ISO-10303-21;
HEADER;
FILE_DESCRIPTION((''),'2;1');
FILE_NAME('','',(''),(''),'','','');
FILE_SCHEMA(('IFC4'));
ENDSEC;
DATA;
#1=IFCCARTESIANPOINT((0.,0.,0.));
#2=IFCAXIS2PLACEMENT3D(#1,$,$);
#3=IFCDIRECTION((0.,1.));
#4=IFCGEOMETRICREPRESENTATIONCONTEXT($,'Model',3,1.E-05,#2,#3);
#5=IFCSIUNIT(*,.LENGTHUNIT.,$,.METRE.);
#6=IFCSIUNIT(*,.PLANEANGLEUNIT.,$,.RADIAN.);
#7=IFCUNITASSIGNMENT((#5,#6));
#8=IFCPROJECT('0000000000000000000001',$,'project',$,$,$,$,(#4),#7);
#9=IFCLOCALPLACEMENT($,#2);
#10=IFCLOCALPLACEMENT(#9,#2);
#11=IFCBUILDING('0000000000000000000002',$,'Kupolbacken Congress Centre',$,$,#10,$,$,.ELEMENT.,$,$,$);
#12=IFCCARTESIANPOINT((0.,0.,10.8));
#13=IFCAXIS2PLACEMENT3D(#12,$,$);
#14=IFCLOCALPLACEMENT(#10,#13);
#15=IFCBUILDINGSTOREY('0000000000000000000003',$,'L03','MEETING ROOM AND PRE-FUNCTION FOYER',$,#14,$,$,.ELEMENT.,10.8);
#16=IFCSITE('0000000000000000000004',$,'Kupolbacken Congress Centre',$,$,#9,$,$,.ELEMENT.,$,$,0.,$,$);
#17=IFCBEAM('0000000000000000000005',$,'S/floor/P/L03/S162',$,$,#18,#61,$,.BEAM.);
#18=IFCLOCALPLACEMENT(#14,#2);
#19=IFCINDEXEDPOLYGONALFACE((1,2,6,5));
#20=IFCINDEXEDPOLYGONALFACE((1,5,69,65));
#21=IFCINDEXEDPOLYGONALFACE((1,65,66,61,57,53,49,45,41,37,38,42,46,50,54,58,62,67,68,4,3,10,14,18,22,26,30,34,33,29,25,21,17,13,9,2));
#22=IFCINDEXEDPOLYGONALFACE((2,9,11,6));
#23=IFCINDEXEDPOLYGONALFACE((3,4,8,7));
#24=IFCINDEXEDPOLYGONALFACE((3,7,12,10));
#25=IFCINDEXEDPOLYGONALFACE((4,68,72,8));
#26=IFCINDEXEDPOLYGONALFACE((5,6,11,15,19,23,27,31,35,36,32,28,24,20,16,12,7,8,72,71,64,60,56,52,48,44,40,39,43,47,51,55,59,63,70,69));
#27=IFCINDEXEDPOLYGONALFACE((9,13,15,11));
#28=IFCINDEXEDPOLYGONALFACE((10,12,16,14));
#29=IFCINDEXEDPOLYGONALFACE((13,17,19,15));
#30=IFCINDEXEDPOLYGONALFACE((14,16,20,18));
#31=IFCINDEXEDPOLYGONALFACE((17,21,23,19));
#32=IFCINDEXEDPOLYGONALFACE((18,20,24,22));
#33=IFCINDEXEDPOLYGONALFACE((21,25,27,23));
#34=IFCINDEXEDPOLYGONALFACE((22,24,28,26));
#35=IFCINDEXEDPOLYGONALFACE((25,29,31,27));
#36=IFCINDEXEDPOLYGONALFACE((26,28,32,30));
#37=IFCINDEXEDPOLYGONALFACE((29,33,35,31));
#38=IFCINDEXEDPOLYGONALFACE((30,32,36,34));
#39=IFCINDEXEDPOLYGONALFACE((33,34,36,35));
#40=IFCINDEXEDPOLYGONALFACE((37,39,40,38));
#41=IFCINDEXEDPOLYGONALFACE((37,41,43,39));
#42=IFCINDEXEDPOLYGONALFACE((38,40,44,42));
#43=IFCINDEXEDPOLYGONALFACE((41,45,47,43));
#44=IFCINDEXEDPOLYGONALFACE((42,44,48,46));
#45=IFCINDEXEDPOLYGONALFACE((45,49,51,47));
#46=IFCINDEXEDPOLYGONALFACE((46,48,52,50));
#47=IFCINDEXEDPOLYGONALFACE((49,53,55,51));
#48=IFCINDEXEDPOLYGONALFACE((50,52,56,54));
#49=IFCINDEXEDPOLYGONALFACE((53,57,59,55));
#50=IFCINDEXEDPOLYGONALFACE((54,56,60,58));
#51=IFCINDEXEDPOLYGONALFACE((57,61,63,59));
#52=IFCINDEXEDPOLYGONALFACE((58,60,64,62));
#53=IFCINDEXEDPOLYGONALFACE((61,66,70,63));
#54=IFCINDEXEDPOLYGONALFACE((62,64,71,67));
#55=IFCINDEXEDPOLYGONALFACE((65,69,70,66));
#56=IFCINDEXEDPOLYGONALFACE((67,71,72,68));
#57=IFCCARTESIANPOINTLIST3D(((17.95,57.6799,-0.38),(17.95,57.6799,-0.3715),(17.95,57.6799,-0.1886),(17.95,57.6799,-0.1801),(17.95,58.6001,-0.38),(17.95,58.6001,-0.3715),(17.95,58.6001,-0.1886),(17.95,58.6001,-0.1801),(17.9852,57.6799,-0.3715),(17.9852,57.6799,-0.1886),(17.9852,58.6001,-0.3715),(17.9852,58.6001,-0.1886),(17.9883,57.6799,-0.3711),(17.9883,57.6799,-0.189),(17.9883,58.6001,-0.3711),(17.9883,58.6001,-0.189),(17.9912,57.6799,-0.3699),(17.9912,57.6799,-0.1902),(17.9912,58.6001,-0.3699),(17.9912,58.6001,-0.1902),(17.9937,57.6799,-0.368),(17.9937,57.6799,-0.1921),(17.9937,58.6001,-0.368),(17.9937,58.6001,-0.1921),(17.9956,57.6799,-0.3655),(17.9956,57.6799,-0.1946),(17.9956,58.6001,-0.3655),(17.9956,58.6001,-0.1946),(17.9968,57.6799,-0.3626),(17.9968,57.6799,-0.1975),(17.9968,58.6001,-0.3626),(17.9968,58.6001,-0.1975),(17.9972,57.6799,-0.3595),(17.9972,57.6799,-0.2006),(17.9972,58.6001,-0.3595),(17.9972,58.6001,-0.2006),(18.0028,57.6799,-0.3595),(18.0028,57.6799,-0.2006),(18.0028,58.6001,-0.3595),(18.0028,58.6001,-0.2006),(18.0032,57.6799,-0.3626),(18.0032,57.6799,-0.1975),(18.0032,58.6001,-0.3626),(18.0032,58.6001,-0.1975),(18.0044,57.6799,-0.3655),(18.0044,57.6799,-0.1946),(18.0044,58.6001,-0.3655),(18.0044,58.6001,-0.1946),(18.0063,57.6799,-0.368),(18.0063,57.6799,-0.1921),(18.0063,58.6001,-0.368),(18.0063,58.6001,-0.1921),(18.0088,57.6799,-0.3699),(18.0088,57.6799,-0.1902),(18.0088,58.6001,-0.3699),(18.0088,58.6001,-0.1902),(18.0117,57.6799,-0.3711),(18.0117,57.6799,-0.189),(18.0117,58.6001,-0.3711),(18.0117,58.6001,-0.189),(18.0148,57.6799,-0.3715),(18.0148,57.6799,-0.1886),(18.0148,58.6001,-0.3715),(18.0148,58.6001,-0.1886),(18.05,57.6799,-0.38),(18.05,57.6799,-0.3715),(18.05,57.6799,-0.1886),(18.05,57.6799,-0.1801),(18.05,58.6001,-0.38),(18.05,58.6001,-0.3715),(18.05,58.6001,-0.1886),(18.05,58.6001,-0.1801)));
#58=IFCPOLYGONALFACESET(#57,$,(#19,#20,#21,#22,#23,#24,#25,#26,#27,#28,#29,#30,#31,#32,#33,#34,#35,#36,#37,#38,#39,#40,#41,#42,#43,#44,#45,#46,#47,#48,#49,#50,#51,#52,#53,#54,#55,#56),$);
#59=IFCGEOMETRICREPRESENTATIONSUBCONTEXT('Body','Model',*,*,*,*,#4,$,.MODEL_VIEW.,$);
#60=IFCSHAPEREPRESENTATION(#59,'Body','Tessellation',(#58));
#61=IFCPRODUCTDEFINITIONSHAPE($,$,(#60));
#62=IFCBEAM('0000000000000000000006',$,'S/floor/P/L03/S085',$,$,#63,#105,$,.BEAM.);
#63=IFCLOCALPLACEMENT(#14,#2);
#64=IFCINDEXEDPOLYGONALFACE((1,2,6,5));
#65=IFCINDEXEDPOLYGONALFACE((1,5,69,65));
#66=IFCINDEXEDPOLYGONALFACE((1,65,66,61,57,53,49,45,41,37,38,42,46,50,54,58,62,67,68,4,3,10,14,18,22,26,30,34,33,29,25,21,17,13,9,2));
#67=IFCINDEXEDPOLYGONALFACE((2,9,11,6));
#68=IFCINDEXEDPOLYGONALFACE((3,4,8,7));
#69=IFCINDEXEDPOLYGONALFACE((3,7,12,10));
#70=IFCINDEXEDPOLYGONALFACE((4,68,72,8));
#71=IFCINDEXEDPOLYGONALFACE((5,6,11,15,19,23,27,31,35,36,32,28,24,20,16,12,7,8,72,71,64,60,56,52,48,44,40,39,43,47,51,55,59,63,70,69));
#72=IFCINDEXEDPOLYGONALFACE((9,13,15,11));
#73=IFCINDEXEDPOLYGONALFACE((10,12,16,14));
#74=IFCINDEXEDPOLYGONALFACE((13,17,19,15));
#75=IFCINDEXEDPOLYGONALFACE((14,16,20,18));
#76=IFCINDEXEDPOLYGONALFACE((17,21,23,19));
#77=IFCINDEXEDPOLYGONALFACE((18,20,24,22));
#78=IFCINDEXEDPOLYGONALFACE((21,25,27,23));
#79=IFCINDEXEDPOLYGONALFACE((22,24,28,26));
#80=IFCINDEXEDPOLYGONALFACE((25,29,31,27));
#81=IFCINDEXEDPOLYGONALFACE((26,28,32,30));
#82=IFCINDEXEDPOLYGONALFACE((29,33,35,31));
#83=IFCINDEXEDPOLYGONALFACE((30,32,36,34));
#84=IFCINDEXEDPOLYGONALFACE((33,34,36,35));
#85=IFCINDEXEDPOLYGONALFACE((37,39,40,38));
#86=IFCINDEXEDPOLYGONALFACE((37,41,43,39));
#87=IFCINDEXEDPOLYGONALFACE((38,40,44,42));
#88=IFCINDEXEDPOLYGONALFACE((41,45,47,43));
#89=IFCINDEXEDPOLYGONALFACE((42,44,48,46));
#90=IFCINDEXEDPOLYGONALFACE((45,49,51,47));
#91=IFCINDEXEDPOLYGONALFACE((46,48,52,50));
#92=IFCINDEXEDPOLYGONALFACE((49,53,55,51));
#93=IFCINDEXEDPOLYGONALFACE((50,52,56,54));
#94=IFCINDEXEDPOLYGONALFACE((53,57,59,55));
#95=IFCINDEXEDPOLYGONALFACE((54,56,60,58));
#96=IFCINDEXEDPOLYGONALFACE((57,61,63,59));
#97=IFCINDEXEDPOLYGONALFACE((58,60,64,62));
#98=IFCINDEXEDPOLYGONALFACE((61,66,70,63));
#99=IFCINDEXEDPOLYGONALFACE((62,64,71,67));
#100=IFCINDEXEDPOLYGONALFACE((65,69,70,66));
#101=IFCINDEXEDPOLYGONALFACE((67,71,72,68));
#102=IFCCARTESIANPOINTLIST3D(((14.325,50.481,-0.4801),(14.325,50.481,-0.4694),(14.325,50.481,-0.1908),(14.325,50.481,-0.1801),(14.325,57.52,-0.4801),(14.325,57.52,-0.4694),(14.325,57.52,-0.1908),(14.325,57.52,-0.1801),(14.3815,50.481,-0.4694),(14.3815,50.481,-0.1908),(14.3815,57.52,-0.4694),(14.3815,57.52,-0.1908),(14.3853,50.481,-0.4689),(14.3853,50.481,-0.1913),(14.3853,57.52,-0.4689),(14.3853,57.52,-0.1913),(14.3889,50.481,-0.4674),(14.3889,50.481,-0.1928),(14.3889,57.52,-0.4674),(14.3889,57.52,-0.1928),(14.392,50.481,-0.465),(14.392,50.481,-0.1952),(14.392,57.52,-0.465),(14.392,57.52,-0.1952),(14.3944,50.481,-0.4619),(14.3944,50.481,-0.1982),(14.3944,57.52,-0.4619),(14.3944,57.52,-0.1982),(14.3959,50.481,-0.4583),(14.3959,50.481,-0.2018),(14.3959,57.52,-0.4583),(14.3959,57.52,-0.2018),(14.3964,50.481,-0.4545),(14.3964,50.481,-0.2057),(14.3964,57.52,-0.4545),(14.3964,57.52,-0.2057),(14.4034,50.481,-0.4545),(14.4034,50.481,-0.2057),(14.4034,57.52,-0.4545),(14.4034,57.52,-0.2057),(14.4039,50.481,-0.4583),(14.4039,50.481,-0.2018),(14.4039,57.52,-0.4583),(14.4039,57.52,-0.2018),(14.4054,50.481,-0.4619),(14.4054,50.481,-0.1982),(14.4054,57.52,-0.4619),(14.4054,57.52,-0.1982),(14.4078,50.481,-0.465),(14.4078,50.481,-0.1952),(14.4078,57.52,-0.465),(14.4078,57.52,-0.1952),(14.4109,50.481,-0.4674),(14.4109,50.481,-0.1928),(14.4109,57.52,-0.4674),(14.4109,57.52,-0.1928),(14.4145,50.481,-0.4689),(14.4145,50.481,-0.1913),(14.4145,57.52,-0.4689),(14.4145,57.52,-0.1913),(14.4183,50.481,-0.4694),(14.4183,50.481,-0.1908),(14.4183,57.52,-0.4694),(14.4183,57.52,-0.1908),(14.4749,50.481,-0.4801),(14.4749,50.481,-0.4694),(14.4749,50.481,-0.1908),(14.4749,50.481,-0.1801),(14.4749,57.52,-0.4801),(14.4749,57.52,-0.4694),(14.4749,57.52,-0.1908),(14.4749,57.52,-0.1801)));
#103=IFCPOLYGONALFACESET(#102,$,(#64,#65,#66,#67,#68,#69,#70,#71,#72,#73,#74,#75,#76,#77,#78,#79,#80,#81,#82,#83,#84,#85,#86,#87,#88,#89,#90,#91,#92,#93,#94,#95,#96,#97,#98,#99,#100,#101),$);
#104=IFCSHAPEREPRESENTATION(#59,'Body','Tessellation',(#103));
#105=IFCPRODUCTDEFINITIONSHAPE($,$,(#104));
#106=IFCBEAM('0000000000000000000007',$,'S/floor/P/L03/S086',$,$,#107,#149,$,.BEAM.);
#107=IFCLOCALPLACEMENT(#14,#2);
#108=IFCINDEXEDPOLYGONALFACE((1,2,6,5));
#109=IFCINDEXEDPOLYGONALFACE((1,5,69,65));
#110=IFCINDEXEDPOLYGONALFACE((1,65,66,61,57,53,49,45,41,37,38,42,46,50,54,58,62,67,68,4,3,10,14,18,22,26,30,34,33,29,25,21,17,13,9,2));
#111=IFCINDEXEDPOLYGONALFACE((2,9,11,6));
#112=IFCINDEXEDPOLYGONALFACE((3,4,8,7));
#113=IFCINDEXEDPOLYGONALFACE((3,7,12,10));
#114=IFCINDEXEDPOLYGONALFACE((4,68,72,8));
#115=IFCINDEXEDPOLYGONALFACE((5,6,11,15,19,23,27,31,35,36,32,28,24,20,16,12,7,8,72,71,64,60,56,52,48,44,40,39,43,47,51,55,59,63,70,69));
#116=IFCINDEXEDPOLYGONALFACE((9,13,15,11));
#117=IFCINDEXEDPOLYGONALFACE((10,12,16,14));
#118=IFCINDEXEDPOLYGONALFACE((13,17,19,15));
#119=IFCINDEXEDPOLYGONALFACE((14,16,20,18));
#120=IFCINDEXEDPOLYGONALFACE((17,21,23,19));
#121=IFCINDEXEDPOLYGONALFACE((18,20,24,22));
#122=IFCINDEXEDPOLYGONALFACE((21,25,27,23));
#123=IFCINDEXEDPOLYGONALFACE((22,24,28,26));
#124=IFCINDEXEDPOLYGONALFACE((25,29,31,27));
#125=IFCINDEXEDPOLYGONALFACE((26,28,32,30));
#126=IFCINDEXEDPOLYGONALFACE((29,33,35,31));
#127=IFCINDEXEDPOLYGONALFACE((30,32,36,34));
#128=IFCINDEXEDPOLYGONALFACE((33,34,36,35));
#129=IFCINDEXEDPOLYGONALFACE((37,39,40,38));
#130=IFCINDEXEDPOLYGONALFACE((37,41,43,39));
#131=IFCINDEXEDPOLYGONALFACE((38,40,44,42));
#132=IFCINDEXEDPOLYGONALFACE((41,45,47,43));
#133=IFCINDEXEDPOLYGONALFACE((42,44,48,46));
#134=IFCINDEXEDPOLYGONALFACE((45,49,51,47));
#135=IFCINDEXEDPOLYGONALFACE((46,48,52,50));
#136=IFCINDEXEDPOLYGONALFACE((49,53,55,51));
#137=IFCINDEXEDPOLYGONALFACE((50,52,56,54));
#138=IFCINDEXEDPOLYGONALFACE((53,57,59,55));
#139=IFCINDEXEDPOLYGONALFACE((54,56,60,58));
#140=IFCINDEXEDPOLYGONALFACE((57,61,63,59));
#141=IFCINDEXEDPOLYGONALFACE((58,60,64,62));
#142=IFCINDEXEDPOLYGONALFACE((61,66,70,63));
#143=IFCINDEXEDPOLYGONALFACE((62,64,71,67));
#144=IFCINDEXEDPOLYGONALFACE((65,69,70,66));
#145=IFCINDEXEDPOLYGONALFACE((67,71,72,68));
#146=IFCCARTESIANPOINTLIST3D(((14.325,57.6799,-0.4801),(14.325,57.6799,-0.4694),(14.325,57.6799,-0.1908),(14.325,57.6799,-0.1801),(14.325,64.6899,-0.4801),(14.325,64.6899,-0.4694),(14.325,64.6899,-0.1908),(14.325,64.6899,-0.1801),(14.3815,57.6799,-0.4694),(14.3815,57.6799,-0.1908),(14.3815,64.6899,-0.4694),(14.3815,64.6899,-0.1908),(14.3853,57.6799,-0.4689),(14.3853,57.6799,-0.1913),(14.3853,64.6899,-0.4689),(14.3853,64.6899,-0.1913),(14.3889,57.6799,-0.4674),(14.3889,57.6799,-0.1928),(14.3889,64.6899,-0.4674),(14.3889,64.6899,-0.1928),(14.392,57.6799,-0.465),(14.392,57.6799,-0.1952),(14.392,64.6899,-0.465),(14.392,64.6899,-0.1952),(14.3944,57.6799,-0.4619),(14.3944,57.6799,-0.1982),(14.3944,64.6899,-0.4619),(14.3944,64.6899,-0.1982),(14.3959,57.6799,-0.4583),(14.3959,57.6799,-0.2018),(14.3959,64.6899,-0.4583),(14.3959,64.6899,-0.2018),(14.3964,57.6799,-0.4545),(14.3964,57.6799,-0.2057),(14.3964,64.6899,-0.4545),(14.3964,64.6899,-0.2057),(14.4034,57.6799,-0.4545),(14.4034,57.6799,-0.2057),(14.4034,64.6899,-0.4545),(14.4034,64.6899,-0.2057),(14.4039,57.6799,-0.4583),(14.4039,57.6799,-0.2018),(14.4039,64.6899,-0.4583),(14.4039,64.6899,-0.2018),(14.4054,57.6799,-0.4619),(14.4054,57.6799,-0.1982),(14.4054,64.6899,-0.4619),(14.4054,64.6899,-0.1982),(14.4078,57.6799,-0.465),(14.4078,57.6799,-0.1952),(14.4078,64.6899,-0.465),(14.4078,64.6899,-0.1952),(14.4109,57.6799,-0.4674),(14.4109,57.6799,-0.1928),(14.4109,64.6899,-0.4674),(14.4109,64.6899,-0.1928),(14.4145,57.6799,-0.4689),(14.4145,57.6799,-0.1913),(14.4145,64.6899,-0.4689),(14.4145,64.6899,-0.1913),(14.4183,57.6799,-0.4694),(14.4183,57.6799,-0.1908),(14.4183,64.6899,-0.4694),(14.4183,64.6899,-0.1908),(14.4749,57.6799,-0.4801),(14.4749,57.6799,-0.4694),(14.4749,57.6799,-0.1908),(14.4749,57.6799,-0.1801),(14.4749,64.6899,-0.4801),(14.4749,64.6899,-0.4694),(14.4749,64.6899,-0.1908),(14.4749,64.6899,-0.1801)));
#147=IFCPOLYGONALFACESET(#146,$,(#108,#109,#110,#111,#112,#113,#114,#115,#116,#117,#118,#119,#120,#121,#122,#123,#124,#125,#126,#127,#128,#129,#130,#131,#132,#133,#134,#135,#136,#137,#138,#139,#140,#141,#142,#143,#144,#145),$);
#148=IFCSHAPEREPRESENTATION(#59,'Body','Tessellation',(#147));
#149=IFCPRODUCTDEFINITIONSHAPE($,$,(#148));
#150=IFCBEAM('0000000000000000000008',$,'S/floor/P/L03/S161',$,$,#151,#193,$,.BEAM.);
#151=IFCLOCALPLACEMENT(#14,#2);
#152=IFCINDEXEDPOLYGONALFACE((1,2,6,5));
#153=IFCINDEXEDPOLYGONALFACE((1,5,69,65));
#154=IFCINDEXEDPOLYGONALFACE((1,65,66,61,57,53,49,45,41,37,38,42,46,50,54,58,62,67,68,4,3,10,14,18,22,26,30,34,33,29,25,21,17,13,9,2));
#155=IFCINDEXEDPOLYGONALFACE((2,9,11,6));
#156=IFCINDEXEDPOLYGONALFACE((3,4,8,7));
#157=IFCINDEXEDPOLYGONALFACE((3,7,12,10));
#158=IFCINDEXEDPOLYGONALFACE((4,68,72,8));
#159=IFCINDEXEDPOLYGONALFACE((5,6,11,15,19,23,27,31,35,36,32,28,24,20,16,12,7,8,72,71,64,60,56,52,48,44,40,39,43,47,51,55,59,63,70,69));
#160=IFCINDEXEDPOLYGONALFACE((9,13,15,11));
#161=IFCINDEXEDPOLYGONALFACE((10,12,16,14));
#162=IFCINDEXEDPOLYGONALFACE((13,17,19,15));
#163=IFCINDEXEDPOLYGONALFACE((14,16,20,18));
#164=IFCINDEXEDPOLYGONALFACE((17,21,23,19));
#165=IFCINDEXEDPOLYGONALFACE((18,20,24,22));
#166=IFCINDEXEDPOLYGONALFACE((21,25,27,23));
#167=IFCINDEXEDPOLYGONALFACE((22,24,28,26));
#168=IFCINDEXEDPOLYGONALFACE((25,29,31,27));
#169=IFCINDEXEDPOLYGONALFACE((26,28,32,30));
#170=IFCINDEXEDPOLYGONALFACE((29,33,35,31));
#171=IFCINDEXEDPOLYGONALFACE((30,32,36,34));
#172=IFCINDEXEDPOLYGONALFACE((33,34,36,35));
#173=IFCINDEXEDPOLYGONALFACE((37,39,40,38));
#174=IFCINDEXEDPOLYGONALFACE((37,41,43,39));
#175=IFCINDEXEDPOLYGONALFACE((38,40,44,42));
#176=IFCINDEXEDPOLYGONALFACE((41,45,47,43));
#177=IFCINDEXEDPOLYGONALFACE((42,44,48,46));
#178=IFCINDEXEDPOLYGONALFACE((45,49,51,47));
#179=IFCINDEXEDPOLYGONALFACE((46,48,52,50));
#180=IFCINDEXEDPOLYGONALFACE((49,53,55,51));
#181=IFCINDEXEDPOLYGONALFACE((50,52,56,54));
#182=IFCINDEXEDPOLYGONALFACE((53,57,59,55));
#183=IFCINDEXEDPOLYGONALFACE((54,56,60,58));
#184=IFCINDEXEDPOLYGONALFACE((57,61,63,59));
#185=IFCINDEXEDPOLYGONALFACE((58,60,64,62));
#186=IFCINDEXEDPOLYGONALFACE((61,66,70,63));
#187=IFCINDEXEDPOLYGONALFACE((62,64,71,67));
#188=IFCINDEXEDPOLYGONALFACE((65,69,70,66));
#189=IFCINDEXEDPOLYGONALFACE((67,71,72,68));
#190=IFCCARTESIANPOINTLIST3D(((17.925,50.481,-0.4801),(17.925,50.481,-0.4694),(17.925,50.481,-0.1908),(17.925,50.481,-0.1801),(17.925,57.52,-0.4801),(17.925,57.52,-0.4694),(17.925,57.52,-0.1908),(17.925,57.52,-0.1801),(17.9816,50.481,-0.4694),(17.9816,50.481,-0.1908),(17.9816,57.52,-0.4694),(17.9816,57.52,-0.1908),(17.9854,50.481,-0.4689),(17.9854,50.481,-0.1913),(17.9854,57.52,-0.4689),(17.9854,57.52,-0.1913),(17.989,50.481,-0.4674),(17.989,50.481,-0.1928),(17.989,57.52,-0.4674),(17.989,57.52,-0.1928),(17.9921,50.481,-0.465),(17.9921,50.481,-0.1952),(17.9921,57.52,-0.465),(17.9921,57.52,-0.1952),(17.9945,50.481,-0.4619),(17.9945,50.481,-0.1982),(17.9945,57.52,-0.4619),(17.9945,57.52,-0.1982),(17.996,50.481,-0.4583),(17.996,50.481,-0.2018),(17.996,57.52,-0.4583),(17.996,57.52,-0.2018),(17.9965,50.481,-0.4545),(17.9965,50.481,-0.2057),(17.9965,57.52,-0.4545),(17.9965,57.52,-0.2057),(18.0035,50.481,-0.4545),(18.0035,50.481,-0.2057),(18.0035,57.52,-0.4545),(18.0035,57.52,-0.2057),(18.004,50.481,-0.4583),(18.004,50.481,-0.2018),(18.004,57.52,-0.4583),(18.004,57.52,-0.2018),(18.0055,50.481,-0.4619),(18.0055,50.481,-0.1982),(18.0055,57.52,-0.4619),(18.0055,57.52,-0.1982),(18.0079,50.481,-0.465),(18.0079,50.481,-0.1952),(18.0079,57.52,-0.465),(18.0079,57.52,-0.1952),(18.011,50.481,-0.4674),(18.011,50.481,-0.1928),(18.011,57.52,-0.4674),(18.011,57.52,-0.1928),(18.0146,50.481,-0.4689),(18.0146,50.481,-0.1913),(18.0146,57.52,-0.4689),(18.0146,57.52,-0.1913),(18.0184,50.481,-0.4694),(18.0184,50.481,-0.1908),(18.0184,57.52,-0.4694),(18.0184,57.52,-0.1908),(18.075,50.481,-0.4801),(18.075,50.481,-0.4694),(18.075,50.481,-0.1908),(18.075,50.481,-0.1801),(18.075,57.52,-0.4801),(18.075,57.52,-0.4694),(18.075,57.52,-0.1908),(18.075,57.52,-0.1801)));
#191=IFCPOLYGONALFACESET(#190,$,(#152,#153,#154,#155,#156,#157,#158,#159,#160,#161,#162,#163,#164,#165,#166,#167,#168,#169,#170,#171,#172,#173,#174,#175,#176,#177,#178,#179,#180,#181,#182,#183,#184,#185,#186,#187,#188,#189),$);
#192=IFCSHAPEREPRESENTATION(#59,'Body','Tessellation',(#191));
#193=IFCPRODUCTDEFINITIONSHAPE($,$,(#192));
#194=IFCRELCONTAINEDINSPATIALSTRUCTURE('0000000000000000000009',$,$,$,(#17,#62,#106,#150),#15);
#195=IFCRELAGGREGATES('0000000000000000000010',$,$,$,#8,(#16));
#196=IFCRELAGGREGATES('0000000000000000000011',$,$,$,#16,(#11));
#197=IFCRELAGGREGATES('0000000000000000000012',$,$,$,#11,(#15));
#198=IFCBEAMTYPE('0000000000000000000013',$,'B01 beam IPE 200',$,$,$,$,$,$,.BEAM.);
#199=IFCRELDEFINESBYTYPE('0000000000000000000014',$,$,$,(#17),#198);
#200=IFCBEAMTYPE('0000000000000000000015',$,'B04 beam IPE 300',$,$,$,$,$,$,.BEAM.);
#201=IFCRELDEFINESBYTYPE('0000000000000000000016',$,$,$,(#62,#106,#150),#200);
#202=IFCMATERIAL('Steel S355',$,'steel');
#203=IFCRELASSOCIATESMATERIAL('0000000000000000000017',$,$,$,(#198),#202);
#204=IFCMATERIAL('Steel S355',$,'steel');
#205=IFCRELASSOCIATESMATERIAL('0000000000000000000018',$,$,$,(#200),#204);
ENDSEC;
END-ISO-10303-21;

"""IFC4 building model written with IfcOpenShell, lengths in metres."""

from ifc_helpers import new_model, si_unit, direction, frame, origin, origin_2d, place, context, subcontext, project, spatial, i_section, extrude, material, material_profile, profile_set, type_object, element, save


model = new_model("IFC4")

# Units and contexts
model_context = context("Model", 3, precision=1e-05, world=origin(), true_north=direction((0.0, 1.0)))
body_context = subcontext(model_context, "Body", "Model", "MODEL_VIEW")
ifc_project = project(units=[si_unit("LENGTHUNIT", "METRE"), si_unit("PLANEANGLEUNIT", "RADIAN")], contexts=[model_context])

# Site, building, storey
site_placement = place(None, origin())
site = spatial("IfcSite", under=ifc_project, at=site_placement, Name="Kupolbacken Congress Centre", CompositionType="ELEMENT", RefElevation=0.0)
building_placement = place(site_placement, origin())
building = spatial("IfcBuilding", under=site, at=building_placement, Name="Kupolbacken Congress Centre", CompositionType="ELEMENT")
storey_placement = place(building_placement, frame((0.0, 0.0, 10.8)))
storey = spatial("IfcBuildingStorey", under=building, at=storey_placement, Name="L03", Description="MEETING ROOM AND PRE-FUNCTION FOYER", CompositionType="ELEMENT", Elevation=10.8)

# Beams
ifc_material_1 = material(Name="Steel S355", Category="steel")
ifc_material_profile_1 = material_profile(ifc_material_1, i_section(OverallWidth=0.1001, OverallDepth=0.2, WebThickness=0.0056, FlangeThickness=0.0085, FilletRadius=0.012, at=origin_2d()), Name="IPE 200")
ifc_profile_set_1 = profile_set([ifc_material_profile_1], Name="Steel S355")
beam_type_1 = type_object("IfcBeamType", Name="B01 beam IPE 200", PredefinedType="BEAM", material=ifc_profile_set_1)
beam_1_placement = place(storey_placement, frame((18.0, 57.6799, -0.28), z_axis=(0.0, 1.0, 0.0), x_axis=(-1.0, 0.0, 0.0)))
element("IfcBeam", 1, at=beam_1_placement, inside=storey, type_object=beam_type_1, Name="S/floor/P/L03/S162", PredefinedType="BEAM", context=body_context, shape_type="SweptSolid", body=[
    extrude(i_section(OverallWidth=0.1001, OverallDepth=0.2, WebThickness=0.0056, FlangeThickness=0.0085, FilletRadius=0.012, at=origin_2d()), origin(), (0.0, 0.0, 1.0), 0.9202),
])
ifc_material_2 = material(Name="Steel S355", Category="steel")
ifc_material_profile_2 = material_profile(ifc_material_2, i_section(OverallWidth=0.1499, OverallDepth=0.3, WebThickness=0.0071, FlangeThickness=0.0107, FilletRadius=0.0149, at=origin_2d()), Name="IPE 300")
ifc_profile_set_2 = profile_set([ifc_material_profile_2], Name="Steel S355")
beam_type_2 = type_object("IfcBeamType", Name="B04 beam IPE 300", PredefinedType="BEAM", material=ifc_profile_set_2)
beam_2_placement = place(storey_placement, frame((14.3999, 50.481, -0.3301), z_axis=(0.0, 1.0, 0.0), x_axis=(-1.0, 0.0, 0.0)))
element("IfcBeam", 2, at=beam_2_placement, inside=storey, type_object=beam_type_2, Name="S/floor/P/L03/S085", PredefinedType="BEAM", context=body_context, shape_type="SweptSolid", body=[
    extrude(i_section(OverallWidth=0.1499, OverallDepth=0.3, WebThickness=0.0071, FlangeThickness=0.0107, FilletRadius=0.0149, at=origin_2d()), origin(), (0.0, 0.0, 1.0), 7.0391),
])
beam_3_placement = place(storey_placement, frame((14.3999, 57.6799, -0.3301), z_axis=(0.0, 1.0, 0.0), x_axis=(-1.0, 0.0, 0.0)))
element("IfcBeam", 3, at=beam_3_placement, inside=storey, type_object=beam_type_2, Name="S/floor/P/L03/S086", PredefinedType="BEAM", context=body_context, shape_type="SweptSolid", body=[
    extrude(i_section(OverallWidth=0.1499, OverallDepth=0.3, WebThickness=0.0071, FlangeThickness=0.0107, FilletRadius=0.0149, at=origin_2d()), origin(), (0.0, 0.0, 1.0), 7.01),
])
beam_4_placement = place(storey_placement, frame((18.0, 50.481, -0.3301), z_axis=(0.0, 1.0, 0.0), x_axis=(-1.0, 0.0, 0.0)))
element("IfcBeam", 4, at=beam_4_placement, inside=storey, type_object=beam_type_2, Name="S/floor/P/L03/S161", PredefinedType="BEAM", context=body_context, shape_type="SweptSolid", body=[
    extrude(i_section(OverallWidth=0.1499, OverallDepth=0.3, WebThickness=0.0071, FlangeThickness=0.0107, FilletRadius=0.0149, at=origin_2d()), origin(), (0.0, 0.0, 1.0), 7.0391),
])

save(model, "model.ifc")
